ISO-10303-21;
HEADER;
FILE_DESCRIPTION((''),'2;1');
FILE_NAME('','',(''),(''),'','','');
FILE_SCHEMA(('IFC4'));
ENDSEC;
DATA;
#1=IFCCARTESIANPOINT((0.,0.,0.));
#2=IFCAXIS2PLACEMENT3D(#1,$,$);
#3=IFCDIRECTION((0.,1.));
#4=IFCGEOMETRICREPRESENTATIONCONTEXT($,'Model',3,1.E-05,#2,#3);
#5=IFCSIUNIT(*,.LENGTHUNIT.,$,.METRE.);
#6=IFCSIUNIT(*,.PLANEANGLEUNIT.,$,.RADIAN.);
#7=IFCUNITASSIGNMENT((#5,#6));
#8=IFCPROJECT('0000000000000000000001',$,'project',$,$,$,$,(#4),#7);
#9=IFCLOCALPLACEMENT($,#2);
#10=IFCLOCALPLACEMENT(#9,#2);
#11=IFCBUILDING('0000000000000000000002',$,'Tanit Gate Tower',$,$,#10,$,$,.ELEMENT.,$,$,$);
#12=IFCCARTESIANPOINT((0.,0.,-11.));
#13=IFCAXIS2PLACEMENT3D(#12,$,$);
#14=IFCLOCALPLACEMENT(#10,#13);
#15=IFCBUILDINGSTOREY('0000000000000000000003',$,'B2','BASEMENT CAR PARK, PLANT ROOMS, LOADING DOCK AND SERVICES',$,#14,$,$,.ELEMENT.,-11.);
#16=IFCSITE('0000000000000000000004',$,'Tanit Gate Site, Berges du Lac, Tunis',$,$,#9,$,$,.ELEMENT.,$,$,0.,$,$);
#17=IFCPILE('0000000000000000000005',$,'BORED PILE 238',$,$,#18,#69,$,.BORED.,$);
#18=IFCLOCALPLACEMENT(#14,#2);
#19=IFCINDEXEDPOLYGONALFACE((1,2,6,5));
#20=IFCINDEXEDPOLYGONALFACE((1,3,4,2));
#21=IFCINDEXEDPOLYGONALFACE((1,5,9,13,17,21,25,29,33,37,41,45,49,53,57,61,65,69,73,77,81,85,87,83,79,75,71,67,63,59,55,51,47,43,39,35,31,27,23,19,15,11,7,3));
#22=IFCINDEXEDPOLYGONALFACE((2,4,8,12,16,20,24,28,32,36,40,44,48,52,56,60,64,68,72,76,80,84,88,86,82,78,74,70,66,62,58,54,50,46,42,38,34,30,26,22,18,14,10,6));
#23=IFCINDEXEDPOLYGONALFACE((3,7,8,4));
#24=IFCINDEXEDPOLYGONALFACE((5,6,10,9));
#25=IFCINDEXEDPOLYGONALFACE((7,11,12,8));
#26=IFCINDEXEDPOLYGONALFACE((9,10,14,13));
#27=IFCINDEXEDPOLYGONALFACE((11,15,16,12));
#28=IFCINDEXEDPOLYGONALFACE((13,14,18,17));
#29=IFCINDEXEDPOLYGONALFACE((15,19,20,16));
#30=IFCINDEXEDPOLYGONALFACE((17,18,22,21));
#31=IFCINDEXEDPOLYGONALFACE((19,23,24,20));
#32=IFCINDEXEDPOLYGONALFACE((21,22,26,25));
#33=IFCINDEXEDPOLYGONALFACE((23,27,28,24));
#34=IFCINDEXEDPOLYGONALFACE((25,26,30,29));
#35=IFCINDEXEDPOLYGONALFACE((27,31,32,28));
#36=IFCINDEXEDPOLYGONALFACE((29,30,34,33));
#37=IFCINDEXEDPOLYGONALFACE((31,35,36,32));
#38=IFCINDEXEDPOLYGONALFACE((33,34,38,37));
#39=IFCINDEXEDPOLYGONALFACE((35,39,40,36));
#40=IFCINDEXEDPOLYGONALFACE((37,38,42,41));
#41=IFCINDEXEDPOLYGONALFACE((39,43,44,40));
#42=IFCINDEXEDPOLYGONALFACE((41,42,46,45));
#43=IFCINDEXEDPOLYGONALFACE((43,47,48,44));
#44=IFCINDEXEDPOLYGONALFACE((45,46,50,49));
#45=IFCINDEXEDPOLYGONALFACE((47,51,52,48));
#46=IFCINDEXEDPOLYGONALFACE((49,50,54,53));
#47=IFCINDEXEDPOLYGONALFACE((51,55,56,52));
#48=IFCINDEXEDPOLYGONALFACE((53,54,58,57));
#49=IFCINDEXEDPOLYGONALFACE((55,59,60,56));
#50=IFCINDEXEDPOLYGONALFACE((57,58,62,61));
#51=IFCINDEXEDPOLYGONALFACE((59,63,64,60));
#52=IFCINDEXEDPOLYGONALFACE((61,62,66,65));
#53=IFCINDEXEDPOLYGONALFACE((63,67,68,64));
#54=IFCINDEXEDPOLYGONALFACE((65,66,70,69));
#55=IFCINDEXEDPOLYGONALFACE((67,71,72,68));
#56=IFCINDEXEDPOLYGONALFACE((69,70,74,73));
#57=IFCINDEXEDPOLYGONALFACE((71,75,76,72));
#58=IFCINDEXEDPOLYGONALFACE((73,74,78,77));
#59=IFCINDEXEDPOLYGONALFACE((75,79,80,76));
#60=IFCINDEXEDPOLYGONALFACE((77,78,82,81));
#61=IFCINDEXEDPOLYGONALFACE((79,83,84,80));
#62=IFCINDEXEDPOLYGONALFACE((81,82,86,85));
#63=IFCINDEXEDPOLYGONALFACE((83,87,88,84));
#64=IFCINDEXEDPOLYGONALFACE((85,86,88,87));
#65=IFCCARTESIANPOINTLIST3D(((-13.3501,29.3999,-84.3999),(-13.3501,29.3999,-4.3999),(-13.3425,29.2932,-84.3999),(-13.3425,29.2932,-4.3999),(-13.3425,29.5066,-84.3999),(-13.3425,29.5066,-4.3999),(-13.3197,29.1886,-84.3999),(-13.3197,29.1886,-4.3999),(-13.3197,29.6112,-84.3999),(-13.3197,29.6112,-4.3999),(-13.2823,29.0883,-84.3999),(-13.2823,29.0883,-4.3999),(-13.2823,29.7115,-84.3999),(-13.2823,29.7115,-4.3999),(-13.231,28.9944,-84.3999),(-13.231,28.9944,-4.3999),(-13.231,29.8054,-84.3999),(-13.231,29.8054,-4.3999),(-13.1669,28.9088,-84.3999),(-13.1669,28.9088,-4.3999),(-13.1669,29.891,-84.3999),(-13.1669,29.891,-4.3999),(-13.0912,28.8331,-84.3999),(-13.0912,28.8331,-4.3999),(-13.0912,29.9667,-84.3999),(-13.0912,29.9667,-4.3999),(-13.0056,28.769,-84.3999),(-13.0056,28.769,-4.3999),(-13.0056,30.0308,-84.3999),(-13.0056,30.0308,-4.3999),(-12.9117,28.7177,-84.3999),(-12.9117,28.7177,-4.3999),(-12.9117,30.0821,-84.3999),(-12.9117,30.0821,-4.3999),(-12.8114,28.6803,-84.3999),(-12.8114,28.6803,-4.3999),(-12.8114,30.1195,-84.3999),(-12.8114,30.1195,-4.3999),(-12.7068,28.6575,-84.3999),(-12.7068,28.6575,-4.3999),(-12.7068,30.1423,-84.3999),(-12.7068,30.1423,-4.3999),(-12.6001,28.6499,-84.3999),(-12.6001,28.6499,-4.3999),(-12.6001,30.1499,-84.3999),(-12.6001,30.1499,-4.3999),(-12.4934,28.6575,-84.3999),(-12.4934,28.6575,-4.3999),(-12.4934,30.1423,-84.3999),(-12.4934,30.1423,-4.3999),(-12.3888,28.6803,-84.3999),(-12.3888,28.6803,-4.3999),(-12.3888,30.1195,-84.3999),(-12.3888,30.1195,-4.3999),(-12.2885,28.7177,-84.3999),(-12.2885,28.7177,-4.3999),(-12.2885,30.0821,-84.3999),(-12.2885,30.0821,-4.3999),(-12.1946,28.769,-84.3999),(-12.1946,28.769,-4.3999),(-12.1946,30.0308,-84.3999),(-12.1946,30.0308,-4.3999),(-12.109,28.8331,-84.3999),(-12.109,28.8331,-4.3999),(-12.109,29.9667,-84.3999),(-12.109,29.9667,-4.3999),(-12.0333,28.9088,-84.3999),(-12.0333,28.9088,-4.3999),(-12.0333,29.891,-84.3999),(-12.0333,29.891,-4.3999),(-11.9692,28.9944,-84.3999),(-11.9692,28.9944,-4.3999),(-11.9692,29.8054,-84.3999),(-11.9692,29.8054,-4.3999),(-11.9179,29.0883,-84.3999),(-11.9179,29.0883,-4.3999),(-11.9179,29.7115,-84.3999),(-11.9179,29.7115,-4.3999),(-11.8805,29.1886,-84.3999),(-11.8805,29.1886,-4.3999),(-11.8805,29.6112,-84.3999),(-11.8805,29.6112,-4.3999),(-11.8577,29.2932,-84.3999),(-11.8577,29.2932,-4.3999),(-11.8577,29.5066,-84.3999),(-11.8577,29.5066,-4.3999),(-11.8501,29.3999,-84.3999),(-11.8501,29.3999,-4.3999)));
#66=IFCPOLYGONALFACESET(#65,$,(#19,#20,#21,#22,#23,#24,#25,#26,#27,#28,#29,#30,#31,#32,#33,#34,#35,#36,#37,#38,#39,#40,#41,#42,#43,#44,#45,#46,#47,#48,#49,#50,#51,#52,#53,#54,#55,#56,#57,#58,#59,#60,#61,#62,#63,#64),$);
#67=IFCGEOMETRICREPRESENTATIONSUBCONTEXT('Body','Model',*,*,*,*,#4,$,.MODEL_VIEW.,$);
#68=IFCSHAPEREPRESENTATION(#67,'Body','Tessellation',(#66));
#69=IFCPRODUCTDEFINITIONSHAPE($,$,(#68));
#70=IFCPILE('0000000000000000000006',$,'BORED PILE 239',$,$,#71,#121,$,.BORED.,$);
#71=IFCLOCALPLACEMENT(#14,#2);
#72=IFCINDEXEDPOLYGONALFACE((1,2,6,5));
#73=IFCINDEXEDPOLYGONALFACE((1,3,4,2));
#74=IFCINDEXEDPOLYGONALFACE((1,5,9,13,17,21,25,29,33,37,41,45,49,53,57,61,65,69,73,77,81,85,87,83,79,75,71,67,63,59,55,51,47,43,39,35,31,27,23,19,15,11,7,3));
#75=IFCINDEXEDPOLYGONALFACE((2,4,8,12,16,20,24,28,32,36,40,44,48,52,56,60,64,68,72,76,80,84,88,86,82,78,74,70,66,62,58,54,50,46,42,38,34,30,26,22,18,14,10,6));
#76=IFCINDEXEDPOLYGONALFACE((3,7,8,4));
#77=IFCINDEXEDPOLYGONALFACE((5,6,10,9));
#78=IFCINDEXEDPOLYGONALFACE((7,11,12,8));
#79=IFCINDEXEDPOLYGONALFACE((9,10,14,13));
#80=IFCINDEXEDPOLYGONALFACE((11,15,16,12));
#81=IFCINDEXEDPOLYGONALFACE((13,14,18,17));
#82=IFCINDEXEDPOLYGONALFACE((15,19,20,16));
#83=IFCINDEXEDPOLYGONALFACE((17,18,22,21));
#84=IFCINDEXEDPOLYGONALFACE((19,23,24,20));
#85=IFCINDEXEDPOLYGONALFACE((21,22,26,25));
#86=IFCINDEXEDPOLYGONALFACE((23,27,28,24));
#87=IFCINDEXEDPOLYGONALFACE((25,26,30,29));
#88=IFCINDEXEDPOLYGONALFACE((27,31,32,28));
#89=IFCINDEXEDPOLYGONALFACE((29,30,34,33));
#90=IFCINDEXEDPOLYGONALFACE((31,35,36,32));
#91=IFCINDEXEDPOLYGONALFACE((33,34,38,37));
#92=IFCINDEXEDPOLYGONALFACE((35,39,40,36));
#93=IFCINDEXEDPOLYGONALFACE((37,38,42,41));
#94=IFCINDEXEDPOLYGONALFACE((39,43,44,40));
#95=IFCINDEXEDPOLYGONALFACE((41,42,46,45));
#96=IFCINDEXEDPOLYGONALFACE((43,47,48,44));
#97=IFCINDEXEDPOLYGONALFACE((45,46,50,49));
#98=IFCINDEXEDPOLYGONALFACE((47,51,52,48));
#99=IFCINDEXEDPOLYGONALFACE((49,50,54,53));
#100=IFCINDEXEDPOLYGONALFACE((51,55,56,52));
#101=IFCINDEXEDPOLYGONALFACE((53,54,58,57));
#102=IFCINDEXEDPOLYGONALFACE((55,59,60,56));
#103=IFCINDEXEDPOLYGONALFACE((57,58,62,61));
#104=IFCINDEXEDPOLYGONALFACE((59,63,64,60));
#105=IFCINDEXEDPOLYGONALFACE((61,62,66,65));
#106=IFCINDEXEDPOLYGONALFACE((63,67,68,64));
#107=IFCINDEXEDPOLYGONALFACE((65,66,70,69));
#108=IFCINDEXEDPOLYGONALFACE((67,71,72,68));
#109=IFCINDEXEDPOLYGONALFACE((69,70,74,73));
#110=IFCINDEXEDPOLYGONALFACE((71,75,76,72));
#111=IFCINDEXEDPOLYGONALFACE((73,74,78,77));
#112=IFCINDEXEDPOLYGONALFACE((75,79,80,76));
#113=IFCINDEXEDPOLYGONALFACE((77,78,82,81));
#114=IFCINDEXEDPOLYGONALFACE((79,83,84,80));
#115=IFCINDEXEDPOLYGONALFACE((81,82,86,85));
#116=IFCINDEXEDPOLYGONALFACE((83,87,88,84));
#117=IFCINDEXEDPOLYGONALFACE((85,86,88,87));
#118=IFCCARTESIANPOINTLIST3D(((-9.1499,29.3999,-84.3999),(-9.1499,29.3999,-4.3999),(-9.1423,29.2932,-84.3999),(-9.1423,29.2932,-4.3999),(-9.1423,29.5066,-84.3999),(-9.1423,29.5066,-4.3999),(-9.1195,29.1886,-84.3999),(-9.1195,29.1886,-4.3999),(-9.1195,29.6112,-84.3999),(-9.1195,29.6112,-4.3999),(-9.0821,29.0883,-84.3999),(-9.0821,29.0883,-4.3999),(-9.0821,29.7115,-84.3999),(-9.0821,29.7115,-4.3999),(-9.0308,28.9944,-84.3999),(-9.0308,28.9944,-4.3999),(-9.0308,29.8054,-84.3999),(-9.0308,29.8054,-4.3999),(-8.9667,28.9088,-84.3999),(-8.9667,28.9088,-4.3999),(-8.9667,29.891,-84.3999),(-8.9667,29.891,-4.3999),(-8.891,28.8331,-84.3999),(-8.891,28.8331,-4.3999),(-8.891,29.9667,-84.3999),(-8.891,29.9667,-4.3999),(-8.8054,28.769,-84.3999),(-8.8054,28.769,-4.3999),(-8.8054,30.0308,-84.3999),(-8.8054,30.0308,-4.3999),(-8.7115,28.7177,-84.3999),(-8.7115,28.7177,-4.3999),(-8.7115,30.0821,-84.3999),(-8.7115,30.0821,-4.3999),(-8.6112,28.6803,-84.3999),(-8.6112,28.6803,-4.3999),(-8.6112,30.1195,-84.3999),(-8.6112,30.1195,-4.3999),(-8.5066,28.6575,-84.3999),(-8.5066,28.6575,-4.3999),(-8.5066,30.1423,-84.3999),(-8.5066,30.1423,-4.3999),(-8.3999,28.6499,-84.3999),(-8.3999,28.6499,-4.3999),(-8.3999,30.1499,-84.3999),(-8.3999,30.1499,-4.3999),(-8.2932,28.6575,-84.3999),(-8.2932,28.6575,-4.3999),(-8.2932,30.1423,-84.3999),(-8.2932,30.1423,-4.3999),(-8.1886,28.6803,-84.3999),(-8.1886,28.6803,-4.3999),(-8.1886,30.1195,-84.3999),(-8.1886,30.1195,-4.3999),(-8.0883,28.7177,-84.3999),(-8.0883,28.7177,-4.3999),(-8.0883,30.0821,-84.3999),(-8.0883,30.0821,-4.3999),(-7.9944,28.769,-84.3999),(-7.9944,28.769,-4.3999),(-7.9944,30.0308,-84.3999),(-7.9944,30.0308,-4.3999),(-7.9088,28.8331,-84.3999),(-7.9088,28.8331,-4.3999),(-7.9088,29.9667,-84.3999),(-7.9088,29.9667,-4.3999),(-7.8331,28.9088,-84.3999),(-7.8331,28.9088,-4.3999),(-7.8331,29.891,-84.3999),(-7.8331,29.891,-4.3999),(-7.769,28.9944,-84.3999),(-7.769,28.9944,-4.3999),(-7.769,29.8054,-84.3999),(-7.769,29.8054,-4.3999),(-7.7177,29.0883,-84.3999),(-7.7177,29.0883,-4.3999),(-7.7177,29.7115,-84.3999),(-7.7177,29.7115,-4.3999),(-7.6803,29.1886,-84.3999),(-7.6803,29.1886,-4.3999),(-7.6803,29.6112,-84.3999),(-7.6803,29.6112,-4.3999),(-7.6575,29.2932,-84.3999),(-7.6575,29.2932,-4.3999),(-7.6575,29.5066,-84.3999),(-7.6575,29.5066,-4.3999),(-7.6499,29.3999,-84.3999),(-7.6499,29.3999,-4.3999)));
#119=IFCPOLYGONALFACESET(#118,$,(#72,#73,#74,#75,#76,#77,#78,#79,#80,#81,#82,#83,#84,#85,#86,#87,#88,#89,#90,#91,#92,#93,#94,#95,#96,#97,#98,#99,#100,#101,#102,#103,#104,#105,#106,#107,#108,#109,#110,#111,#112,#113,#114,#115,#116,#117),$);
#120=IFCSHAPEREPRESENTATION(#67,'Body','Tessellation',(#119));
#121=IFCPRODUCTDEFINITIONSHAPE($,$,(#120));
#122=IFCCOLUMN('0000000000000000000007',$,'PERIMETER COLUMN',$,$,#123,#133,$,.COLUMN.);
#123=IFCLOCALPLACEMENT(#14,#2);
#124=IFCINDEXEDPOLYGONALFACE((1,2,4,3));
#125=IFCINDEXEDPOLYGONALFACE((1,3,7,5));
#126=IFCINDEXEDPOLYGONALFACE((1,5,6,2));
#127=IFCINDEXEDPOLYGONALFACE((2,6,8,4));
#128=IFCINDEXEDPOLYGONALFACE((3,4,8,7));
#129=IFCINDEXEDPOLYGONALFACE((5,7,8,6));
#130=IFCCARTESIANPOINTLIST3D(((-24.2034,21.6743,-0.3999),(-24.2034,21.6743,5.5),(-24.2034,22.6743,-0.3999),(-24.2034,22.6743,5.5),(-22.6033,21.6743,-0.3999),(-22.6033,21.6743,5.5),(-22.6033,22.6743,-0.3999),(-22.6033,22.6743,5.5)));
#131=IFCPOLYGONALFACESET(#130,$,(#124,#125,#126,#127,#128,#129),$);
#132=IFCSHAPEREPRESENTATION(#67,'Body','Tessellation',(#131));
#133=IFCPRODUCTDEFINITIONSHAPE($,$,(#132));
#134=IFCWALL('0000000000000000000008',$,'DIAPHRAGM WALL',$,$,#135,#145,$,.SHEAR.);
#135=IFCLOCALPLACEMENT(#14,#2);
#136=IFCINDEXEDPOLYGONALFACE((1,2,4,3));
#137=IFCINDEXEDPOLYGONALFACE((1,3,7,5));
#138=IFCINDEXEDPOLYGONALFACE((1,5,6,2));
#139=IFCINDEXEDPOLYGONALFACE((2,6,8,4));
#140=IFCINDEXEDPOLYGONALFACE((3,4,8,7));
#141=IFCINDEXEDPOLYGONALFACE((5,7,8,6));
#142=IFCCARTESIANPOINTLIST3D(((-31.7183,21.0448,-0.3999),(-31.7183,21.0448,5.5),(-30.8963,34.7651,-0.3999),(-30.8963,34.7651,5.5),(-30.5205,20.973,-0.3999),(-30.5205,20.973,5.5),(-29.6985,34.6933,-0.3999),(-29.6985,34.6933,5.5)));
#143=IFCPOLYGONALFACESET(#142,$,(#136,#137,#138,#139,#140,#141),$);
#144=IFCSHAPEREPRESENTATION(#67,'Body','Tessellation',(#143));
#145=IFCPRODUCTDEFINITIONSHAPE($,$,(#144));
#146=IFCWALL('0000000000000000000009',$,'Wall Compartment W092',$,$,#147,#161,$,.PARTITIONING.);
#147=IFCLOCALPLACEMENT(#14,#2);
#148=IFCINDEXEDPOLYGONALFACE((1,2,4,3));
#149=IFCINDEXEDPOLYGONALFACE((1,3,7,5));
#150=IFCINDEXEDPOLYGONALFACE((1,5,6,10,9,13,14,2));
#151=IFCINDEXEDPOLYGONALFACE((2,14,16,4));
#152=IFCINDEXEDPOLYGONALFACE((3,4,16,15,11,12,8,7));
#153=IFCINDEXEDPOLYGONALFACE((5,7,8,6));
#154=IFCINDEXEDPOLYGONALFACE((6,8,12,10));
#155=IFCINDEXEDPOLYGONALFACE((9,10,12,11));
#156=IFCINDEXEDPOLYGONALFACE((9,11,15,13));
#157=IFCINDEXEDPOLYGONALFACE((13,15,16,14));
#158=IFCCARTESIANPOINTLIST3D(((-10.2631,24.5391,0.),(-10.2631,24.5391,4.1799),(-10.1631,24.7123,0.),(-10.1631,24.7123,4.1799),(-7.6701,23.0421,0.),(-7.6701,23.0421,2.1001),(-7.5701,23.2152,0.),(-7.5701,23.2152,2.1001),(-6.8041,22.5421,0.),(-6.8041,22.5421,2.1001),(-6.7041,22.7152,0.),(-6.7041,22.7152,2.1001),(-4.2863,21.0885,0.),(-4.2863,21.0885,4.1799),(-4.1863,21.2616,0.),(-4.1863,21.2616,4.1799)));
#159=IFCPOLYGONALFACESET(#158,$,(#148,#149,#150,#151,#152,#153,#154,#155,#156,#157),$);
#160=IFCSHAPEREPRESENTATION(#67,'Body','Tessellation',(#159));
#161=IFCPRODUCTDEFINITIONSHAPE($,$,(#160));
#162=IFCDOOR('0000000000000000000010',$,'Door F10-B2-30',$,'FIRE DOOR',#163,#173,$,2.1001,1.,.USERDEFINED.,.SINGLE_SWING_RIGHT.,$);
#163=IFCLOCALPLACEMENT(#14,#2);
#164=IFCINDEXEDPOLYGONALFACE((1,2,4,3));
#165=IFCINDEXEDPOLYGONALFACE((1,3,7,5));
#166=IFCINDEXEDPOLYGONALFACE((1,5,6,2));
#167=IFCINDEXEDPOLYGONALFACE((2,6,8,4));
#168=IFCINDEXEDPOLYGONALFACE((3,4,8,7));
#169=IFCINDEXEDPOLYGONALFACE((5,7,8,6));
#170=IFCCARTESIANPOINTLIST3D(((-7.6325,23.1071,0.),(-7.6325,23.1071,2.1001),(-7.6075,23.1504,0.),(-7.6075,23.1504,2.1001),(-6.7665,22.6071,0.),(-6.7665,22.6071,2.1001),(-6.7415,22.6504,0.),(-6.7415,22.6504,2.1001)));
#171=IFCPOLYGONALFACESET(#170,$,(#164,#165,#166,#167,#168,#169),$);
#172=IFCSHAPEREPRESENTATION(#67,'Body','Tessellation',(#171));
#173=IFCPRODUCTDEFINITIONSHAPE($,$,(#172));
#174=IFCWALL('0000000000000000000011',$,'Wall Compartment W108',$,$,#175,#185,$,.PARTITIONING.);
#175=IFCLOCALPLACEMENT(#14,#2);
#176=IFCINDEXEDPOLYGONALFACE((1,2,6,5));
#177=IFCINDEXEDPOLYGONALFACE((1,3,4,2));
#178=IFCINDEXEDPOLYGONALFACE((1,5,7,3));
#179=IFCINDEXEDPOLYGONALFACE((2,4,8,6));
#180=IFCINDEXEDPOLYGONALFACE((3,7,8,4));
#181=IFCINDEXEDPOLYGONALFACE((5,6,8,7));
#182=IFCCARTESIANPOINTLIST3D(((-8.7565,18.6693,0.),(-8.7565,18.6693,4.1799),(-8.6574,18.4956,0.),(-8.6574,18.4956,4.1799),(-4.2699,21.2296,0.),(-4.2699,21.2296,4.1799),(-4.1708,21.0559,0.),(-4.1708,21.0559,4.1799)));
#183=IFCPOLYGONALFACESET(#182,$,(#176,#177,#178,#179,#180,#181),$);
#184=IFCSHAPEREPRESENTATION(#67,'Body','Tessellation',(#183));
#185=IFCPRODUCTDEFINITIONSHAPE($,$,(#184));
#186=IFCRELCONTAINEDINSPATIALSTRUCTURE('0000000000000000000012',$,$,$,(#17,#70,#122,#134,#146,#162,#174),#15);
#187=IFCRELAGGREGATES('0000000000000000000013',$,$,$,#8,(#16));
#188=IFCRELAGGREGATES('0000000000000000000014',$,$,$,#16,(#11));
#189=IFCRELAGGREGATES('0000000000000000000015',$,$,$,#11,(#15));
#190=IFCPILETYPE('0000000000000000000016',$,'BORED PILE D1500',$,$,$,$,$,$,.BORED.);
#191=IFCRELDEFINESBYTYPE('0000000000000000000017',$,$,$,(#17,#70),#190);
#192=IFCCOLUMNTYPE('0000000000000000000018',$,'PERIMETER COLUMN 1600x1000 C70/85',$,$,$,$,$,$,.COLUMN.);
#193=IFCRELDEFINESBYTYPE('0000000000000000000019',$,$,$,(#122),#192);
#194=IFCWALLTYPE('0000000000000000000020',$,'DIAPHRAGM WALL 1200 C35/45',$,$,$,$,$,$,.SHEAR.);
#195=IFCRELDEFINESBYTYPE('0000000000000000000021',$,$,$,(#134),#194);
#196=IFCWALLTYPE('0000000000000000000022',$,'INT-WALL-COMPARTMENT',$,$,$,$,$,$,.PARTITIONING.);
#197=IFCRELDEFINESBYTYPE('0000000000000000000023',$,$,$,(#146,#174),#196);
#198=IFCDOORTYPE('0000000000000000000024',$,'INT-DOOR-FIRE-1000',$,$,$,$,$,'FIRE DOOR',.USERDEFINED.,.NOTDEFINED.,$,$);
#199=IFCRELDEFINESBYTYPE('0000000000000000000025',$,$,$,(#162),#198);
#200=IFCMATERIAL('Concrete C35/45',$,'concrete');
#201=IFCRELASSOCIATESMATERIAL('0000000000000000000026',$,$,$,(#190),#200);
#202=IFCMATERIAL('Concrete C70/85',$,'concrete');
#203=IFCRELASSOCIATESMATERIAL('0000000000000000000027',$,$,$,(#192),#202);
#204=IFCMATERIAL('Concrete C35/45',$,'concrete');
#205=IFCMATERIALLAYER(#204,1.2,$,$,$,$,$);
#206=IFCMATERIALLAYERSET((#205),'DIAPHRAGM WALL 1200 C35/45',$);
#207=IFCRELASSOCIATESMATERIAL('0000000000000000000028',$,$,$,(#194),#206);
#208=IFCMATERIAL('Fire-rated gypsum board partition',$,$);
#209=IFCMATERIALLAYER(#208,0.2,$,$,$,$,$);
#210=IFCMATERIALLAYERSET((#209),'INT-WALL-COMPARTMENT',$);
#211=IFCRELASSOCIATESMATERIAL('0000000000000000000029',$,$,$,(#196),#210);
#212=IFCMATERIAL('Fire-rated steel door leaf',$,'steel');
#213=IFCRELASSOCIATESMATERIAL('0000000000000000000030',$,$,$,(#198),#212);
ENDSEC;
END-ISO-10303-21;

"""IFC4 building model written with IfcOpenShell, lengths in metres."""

from ifc_helpers import new_model, si_unit, direction, frame, frame_2d, origin, origin_2d, place, context, subcontext, project, spatial, rectangle, circle, extrude, material, layer, layer_set, material_profile, profile_set, type_object, element, fill, save


model = new_model("IFC4")

# Units and contexts
model_context = context("Model", 3, precision=1e-05, world=origin(), true_north=direction((0.0, 1.0)))
body_context = subcontext(model_context, "Body", "Model", "MODEL_VIEW")
ifc_project = project(units=[si_unit("LENGTHUNIT", "METRE"), si_unit("PLANEANGLEUNIT", "RADIAN")], contexts=[model_context])

# Site, building, storey
site_placement = place(None, origin())
site = spatial("IfcSite", under=ifc_project, at=site_placement, Name="Tanit Gate Site, Berges du Lac, Tunis", CompositionType="ELEMENT", RefElevation=0.0)
building_placement = place(site_placement, origin())
building = spatial("IfcBuilding", under=site, at=building_placement, Name="Tanit Gate Tower", CompositionType="ELEMENT")
storey_placement = place(building_placement, frame((0.0, 0.0, -11.0)))
storey = spatial("IfcBuildingStorey", under=building, at=storey_placement, Name="B2", Description="BASEMENT CAR PARK, PLANT ROOMS, LOADING DOCK AND SERVICES", CompositionType="ELEMENT", Elevation=-11.0)

# Piles
ifc_material_1 = material(Name="Concrete C35/45", Category="concrete")
ifc_material_profile_1 = material_profile(ifc_material_1, circle(Radius=0.75, at=origin_2d()), Name="BORED PILE D1500 C35/45")
ifc_profile_set_1 = profile_set([ifc_material_profile_1], Name="Concrete C35/45")
pile_type = type_object("IfcPileType", Name="BORED PILE D1500", PredefinedType="BORED", material=ifc_profile_set_1)
for number, where, z_axis, x_axis, name in (
    (1, (-12.6001, 29.3999, -4.3999), (0.0, 0.0, -1.0), (1.0, 0.0, 0.0), "BORED PILE 238"),
    (2, (-8.3999, 29.3999, -4.3999), (0.0, 0.0, -1.0), (1.0, 0.0, 0.0), "BORED PILE 239"),
):
    element("IfcPile", number, at=place(storey_placement, frame(where, z_axis=z_axis, x_axis=x_axis)), inside=storey, type_object=pile_type, Name=name, PredefinedType="BORED", context=body_context, shape_type="SweptSolid", body=[
        extrude(circle(Radius=0.75, at=origin_2d()), origin(), (0.0, 0.0, 1.0), 80.0),
    ])

# Column
ifc_material_2 = material(Name="Concrete C70/85", Category="concrete")
ifc_material_profile_2 = material_profile(ifc_material_2, rectangle(XDim=1.6001, YDim=1.0, at=origin_2d()), Name="RC 1600x1000")
ifc_profile_set_2 = profile_set([ifc_material_profile_2], Name="Concrete C70/85")
column_type = type_object("IfcColumnType", Name="PERIMETER COLUMN 1600x1000 C70/85", PredefinedType="COLUMN", material=ifc_profile_set_2)
column_placement = place(storey_placement, frame((-23.4033, 22.1743, -0.3999), z_axis=(0.0, 0.0, 1.0), x_axis=(-1.0, 0.0, 0.0)))
element("IfcColumn", 3, at=column_placement, inside=storey, type_object=column_type, Name="PERIMETER COLUMN", PredefinedType="COLUMN", context=body_context, shape_type="SweptSolid", body=[
    extrude(rectangle(XDim=1.6001, YDim=1.0, at=origin_2d()), origin(), (0.0, 0.0, 1.0), 5.8999),
])

# Wall
ifc_material_3 = material(Name="Concrete C35/45", Category="concrete")
ifc_layer_1 = layer(ifc_material_3, 1.2)
ifc_layer_set_1 = layer_set([ifc_layer_1], Name="DIAPHRAGM WALL 1200 C35/45")
wall_type_1 = type_object("IfcWallType", Name="DIAPHRAGM WALL 1200 C35/45", PredefinedType="SHEAR", material=ifc_layer_set_1)
wall_1_placement = place(storey_placement, frame((-31.1194, 21.0088, -0.3999), z_axis=(0.0, 0.0, 1.0), x_axis=(0.059806, 0.99821, 0.0)))
element("IfcWall", 4, at=wall_1_placement, inside=storey, type_object=wall_type_1, Name="DIAPHRAGM WALL", PredefinedType="SHEAR", context=body_context, shape_type="SweptSolid", body=[
    extrude(rectangle(XDim=13.7449, YDim=1.2, at=frame_2d((6.8726, 0.0))), origin(), (0.0, 0.0, 1.0), 5.8999),
])

# Wall, opening, door
ifc_material_4 = material(Name="Fire-rated gypsum board partition")
ifc_layer_2 = layer(ifc_material_4, 0.2)
ifc_layer_set_2 = layer_set([ifc_layer_2], Name="INT-WALL-COMPARTMENT")
wall_type_2 = type_object("IfcWallType", Name="INT-WALL-COMPARTMENT", PredefinedType="PARTITIONING", material=ifc_layer_set_2)
wall_2_placement = place(storey_placement, frame((-4.2363, 21.175, 0.0), z_axis=(0.0, 0.0, 1.0), x_axis=(-0.866027, 0.499997, 0.0)))
wall_2 = element("IfcWall", 5, at=wall_2_placement, inside=storey, type_object=wall_type_2, Name="Wall Compartment W092", PredefinedType="PARTITIONING", context=body_context, shape_type="SweptSolid", body=[
    extrude(rectangle(XDim=6.9014, YDim=0.2, at=frame_2d((3.4507, 0.0))), origin(), (0.0, 0.0, 1.0), 4.1799),
])
opening_1_placement = place(wall_2_placement, frame((2.9072, 0.0, 0.0)))
opening_1 = element("IfcOpeningElement", 6, at=opening_1_placement, cuts=wall_2, PredefinedType="OPENING", context=body_context, shape_type="SweptSolid", body=[
    extrude(rectangle(XDim=1.0, YDim=2.1001, at=frame_2d((0.5, 1.05))), frame((0.0, 0.1099, 0.0), z_axis=(0.0, -1.0, 0.0), x_axis=(1.0, 0.0, 0.0)), (0.0, 0.0, 1.0), 0.22),
])
ifc_material_5 = material(Name="Fire-rated steel door leaf", Category="steel")
door_type_1 = type_object("IfcDoorType", Name="INT-DOOR-FIRE-1000", ElementType="FIRE DOOR", OperationType="NOTDEFINED", PredefinedType="USERDEFINED", material=ifc_material_5)
door_1_placement = place(opening_1_placement, origin())
door_1 = element("IfcDoor", 7, at=door_1_placement, inside=storey, type_object=door_type_1, Name="Door F10-B2-30", ObjectType="FIRE DOOR", OperationType="SINGLE_SWING_RIGHT", OverallHeight=2.1001, OverallWidth=1.0, PredefinedType="USERDEFINED", context=body_context, shape_type="SweptSolid", body=[
    extrude(rectangle(XDim=1.0, YDim=2.1001, at=frame_2d((0.5, 1.05))), frame((0.0, 0.0249, 0.0), z_axis=(0.0, -1.0, 0.0), x_axis=(1.0, 0.0, 0.0)), (0.0, 0.0, 1.0), 0.05),
])
fill(opening_1, door_1)

# Wall
wall_3_placement = place(storey_placement, frame((-4.2202, 21.1428, 0.0), z_axis=(0.0, 0.0, 1.0), x_axis=(-0.868531, -0.495635, 0.0)))
element("IfcWall", 8, at=wall_3_placement, inside=storey, type_object=wall_type_2, Name="Wall Compartment W108", PredefinedType="PARTITIONING", context=body_context, shape_type="SweptSolid", body=[
    extrude(rectangle(XDim=5.1658, YDim=0.2, at=frame_2d((2.583, 0.0))), origin(), (0.0, 0.0, 1.0), 4.1799),
])

save(model, "model.ifc")
